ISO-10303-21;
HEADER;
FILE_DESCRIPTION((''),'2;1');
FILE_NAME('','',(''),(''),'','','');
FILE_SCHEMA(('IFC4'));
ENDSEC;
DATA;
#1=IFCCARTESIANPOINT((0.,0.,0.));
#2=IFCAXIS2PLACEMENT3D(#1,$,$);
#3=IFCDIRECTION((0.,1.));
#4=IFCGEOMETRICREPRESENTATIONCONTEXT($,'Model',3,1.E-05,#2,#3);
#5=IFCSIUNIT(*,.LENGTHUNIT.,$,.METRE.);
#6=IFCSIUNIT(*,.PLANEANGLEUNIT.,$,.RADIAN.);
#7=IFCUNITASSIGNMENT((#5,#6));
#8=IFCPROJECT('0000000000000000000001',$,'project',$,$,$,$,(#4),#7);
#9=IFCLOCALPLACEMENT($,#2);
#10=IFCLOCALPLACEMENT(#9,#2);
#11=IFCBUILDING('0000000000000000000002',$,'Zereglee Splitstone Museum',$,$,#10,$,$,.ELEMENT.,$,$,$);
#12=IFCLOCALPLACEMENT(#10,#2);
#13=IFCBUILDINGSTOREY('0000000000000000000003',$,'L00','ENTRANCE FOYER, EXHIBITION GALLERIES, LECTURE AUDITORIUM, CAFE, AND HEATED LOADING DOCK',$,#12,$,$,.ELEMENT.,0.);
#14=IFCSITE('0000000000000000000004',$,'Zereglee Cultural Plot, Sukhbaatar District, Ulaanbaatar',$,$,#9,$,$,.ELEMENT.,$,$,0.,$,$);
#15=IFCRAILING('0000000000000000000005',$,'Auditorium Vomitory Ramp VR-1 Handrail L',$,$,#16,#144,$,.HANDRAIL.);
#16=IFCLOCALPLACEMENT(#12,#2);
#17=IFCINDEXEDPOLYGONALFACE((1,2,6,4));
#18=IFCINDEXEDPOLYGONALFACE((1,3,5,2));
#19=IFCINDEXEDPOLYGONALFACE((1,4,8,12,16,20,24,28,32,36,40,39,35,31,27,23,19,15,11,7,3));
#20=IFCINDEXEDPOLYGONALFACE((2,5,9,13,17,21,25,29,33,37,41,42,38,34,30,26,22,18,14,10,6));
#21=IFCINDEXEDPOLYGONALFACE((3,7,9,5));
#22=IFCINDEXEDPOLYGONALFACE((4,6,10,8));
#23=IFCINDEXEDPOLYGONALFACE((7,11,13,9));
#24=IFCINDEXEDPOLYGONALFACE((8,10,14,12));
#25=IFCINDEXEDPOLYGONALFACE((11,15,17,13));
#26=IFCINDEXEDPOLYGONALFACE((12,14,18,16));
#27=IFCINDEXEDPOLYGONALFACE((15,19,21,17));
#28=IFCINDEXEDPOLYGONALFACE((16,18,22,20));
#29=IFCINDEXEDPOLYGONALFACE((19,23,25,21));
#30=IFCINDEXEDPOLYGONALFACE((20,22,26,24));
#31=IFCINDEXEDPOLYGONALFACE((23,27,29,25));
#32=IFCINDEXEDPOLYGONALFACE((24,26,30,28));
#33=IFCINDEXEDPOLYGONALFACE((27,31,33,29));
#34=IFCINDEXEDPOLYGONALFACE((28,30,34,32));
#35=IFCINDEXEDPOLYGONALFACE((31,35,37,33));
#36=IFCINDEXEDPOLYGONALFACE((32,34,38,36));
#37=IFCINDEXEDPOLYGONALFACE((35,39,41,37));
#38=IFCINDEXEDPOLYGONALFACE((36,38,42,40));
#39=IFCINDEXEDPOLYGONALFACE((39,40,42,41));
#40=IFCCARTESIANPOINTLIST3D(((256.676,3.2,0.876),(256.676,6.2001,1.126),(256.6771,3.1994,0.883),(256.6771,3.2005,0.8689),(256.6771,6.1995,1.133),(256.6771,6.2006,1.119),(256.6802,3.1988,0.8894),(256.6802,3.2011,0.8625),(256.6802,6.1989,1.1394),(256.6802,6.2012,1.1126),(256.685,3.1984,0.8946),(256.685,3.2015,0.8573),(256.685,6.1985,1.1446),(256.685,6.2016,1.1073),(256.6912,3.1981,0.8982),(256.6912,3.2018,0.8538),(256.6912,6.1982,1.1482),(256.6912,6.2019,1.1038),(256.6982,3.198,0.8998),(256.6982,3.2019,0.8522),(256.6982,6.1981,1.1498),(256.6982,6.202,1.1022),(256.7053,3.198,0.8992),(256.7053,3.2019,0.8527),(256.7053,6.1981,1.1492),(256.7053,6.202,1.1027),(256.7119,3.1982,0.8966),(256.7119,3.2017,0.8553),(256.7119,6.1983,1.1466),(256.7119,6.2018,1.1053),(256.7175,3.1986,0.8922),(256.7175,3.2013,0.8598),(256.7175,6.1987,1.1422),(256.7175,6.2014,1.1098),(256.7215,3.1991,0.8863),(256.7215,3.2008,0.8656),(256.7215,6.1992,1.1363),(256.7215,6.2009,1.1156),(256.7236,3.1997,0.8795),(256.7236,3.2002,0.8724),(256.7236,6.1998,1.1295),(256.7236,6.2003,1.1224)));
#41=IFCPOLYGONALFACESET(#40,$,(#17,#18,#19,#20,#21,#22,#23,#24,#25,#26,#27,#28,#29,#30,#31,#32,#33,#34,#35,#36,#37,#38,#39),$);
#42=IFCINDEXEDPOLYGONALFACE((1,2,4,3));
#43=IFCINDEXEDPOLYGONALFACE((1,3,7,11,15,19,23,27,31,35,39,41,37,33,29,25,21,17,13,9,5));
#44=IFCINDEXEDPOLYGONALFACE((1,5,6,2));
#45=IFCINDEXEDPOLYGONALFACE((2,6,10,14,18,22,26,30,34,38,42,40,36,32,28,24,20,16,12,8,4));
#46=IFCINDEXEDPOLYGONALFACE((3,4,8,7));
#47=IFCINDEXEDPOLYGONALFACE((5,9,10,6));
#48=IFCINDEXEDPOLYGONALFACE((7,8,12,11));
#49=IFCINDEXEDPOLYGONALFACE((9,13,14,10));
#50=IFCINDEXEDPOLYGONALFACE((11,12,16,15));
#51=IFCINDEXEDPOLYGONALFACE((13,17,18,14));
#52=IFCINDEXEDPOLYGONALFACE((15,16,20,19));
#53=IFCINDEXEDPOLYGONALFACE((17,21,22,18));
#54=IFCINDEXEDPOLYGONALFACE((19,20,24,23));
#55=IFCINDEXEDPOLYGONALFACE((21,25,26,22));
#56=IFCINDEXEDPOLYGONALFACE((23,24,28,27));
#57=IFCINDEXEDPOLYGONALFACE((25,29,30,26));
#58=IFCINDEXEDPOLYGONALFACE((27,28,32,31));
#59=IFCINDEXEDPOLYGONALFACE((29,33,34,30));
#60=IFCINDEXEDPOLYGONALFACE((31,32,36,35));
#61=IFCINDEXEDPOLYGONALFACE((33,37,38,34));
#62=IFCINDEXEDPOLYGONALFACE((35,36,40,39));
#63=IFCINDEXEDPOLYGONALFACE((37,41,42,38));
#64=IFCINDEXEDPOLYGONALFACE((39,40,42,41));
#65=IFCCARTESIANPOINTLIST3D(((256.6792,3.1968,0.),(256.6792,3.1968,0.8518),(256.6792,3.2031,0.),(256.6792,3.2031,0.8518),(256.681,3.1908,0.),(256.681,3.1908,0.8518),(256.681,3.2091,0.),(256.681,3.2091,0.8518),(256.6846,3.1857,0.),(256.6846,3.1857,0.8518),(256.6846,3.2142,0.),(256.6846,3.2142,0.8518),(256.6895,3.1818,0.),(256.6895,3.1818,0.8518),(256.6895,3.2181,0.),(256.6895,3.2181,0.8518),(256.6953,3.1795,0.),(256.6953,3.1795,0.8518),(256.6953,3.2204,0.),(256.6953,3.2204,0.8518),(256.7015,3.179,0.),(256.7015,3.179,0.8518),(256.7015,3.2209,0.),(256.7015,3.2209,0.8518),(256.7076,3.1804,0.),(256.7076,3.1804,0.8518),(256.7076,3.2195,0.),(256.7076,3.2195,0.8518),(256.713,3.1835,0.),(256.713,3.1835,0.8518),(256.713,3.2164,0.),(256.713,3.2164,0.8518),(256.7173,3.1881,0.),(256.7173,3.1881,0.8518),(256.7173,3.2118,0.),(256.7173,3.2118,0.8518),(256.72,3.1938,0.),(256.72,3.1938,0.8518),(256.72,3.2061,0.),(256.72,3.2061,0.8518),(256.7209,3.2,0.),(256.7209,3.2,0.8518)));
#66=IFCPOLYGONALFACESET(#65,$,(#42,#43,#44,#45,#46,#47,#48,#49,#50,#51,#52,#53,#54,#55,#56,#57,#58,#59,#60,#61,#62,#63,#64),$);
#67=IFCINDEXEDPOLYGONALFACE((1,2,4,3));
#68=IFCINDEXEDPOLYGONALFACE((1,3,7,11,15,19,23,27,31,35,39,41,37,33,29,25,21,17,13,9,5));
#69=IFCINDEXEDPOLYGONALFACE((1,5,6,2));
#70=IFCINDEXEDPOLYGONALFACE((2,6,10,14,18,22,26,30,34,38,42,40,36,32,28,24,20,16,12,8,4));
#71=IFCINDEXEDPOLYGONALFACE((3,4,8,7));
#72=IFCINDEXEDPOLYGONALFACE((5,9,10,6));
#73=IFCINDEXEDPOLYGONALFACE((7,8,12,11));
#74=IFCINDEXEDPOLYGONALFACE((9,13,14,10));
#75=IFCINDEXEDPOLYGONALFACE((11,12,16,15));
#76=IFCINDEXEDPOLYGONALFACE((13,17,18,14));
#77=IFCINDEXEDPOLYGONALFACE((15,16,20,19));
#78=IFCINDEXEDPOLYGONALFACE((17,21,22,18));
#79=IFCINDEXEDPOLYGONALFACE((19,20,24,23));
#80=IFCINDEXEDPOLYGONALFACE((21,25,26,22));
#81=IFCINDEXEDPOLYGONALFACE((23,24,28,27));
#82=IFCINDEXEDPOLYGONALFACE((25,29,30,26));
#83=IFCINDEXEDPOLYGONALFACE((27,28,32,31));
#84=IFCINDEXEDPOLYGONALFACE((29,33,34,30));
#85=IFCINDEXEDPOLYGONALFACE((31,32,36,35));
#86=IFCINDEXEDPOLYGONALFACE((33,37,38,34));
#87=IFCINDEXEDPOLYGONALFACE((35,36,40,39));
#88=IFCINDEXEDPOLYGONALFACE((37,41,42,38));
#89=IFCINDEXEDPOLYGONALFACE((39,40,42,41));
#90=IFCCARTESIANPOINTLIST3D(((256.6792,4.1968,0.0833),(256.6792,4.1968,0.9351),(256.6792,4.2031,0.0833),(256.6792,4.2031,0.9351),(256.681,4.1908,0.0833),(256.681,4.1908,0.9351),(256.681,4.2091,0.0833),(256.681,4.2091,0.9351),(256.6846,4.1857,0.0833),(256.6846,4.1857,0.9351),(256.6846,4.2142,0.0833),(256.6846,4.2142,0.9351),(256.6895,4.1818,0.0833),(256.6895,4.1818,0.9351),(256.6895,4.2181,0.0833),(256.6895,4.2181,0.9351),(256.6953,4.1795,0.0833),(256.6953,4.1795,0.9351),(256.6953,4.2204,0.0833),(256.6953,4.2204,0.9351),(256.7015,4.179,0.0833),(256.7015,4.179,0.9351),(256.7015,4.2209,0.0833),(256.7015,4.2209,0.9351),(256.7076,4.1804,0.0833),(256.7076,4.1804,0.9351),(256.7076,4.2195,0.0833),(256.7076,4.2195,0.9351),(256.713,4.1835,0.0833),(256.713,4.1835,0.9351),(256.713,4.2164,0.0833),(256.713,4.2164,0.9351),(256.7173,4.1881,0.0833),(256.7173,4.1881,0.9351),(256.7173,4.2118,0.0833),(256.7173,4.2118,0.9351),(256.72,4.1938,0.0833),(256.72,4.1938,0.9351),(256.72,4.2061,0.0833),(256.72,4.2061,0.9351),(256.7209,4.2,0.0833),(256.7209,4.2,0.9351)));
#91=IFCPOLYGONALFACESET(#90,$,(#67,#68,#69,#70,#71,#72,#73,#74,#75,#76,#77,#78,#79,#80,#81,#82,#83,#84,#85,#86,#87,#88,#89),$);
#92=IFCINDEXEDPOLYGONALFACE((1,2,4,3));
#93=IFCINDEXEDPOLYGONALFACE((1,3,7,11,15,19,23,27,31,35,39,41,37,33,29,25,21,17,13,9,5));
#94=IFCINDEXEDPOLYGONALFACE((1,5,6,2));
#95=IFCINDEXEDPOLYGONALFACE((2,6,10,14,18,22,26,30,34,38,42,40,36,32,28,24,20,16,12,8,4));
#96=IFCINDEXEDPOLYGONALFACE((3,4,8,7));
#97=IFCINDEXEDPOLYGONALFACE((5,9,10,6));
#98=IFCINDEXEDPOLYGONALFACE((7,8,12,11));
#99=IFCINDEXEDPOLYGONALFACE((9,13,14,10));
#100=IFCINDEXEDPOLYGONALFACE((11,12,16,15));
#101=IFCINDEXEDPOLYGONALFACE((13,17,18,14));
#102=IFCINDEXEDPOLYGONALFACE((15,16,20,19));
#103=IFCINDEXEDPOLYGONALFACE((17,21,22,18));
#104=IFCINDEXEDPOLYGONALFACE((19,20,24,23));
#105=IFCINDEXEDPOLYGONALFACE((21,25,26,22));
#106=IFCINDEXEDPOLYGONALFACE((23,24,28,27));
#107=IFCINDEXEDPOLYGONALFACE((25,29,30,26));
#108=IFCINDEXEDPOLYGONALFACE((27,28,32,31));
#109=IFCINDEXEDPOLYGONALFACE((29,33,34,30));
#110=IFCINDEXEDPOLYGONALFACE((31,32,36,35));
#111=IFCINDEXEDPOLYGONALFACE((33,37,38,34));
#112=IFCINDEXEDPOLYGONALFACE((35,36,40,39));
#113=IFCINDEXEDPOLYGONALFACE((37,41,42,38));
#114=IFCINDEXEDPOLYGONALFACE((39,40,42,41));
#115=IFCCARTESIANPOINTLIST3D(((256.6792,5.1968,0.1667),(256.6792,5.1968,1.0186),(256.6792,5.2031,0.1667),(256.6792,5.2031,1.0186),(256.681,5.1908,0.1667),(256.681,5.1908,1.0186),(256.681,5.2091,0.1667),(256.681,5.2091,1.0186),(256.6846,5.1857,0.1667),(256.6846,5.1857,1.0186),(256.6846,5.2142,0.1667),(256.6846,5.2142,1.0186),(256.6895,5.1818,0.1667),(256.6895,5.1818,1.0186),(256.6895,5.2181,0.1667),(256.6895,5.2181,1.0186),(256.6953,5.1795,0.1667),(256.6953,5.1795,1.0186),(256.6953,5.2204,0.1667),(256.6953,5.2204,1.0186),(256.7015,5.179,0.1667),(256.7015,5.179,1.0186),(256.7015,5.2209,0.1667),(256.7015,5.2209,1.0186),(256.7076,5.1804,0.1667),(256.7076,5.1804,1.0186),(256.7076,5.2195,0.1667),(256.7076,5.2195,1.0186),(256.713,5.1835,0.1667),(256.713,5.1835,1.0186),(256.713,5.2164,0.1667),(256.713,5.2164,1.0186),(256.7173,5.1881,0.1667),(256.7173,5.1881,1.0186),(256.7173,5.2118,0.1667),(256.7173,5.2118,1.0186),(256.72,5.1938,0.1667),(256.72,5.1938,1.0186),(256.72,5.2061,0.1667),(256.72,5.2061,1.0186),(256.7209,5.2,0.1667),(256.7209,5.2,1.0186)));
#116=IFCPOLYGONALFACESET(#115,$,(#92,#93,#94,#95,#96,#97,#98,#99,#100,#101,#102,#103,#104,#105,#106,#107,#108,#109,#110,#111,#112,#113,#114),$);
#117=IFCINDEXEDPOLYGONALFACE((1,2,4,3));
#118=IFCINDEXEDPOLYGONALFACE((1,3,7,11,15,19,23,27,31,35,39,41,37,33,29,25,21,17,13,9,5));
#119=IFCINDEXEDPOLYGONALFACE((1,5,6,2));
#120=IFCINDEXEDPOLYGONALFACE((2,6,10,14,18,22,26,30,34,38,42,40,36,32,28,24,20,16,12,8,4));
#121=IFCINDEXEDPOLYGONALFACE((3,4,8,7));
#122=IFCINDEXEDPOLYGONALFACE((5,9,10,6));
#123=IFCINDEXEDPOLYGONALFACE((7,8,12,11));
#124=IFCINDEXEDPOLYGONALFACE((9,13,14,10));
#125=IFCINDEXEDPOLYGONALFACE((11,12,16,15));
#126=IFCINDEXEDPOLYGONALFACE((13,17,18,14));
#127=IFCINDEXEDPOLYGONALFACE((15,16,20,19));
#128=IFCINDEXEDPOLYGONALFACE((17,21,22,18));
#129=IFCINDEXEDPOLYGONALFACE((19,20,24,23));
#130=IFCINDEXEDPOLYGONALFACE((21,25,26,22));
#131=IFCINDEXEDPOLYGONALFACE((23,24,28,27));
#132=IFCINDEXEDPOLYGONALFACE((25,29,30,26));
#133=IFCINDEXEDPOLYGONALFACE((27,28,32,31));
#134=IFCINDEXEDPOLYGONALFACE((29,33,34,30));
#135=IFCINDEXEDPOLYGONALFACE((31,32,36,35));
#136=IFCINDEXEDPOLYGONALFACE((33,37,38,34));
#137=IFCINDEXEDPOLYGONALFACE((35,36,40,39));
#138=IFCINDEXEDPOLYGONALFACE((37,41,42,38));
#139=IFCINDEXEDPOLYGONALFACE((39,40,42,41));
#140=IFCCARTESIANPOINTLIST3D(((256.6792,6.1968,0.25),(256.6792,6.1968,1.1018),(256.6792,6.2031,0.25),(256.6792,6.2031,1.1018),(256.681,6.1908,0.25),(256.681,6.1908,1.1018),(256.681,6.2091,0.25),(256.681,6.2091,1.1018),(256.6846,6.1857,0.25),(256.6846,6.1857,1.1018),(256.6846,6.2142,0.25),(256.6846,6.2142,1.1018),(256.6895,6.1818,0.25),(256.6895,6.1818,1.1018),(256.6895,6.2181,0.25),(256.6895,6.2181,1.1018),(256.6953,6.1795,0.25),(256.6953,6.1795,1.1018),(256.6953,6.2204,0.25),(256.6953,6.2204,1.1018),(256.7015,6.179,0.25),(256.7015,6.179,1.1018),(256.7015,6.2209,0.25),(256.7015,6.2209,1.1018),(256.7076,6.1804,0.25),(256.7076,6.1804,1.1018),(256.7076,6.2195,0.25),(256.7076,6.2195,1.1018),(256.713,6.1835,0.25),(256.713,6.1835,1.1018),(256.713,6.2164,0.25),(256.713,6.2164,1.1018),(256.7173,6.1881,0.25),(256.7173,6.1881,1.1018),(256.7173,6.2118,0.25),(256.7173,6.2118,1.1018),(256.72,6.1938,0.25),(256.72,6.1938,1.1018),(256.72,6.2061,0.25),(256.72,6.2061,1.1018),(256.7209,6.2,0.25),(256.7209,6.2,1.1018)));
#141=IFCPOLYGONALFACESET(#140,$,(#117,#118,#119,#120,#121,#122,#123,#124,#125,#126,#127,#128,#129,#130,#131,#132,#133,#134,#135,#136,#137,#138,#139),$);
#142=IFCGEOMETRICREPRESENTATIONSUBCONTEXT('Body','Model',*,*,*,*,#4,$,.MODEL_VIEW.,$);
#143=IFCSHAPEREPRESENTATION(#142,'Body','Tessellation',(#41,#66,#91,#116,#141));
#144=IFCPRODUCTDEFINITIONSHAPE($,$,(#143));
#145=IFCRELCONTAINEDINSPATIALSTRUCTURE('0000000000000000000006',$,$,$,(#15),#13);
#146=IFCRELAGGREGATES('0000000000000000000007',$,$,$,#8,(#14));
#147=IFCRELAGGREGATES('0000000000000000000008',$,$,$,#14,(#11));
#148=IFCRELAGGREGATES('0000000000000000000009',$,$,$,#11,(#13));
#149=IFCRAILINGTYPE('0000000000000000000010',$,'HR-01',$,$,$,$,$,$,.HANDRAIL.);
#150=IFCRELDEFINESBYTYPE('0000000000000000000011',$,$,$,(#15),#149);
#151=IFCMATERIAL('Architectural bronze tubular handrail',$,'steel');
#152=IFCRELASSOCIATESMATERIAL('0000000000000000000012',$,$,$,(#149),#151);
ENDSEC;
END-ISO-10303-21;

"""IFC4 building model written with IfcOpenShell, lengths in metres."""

from ifc_helpers import new_model, si_unit, direction, frame, origin, origin_2d, place, context, subcontext, project, spatial, circle, extrude, material, type_object, element, save


model = new_model("IFC4")

# Units and contexts
model_context = context("Model", 3, precision=1e-05, world=origin(), true_north=direction((0.0, 1.0)))
body_context = subcontext(model_context, "Body", "Model", "MODEL_VIEW")
ifc_project = project(units=[si_unit("LENGTHUNIT", "METRE"), si_unit("PLANEANGLEUNIT", "RADIAN")], contexts=[model_context])

# Site, building, storey
site_placement = place(None, origin())
site = spatial("IfcSite", under=ifc_project, at=site_placement, Name="Zereglee Cultural Plot, Sukhbaatar District, Ulaanbaatar", CompositionType="ELEMENT", RefElevation=0.0)
building_placement = place(site_placement, origin())
building = spatial("IfcBuilding", under=site, at=building_placement, Name="Zereglee Splitstone Museum", CompositionType="ELEMENT")
storey_placement = place(building_placement, origin())
storey = spatial("IfcBuildingStorey", under=building, at=storey_placement, Name="L00", Description="ENTRANCE FOYER, EXHIBITION GALLERIES, LECTURE AUDITORIUM, CAFE, AND HEATED LOADING DOCK", CompositionType="ELEMENT", Elevation=0.0)

# Railing
ifc_material_1 = material(Name="Architectural bronze tubular handrail", Category="steel")
railing_type_1 = type_object("IfcRailingType", Name="HR-01", PredefinedType="HANDRAIL", material=ifc_material_1)
for number, where, name in (
    (1, (256.7, 3.2, 0.0), "Auditorium Vomitory Ramp VR-1 Handrail L"),
):
    element("IfcRailing", number, at=place(storey_placement, frame(where)), inside=storey, type_object=railing_type_1, Name=name, PredefinedType="HANDRAIL", context=body_context, shape_type="SweptSolid", body=[
        extrude(circle(Radius=0.0239, at=origin_2d()), frame((0.0, 0.0, 0.876), z_axis=(0.0, 0.996546, 0.083045), x_axis=(-1.0, 0.0, 0.0)), (0.0, 0.0, 1.0), 3.0105),
        extrude(circle(Radius=0.021, at=origin_2d()), origin(), (0.0, 0.0, 1.0), 0.8518),
        extrude(circle(Radius=0.021, at=origin_2d()), frame((0.0, 1.0, 0.0833)), (0.0, 0.0, 1.0), 0.8518),
        extrude(circle(Radius=0.021, at=origin_2d()), frame((0.0, 2.0, 0.1667)), (0.0, 0.0, 1.0), 0.8518),
        extrude(circle(Radius=0.021, at=origin_2d()), frame((0.0, 3.0, 0.25)), (0.0, 0.0, 1.0), 0.8518),
    ])

save(model, "model.ifc")
